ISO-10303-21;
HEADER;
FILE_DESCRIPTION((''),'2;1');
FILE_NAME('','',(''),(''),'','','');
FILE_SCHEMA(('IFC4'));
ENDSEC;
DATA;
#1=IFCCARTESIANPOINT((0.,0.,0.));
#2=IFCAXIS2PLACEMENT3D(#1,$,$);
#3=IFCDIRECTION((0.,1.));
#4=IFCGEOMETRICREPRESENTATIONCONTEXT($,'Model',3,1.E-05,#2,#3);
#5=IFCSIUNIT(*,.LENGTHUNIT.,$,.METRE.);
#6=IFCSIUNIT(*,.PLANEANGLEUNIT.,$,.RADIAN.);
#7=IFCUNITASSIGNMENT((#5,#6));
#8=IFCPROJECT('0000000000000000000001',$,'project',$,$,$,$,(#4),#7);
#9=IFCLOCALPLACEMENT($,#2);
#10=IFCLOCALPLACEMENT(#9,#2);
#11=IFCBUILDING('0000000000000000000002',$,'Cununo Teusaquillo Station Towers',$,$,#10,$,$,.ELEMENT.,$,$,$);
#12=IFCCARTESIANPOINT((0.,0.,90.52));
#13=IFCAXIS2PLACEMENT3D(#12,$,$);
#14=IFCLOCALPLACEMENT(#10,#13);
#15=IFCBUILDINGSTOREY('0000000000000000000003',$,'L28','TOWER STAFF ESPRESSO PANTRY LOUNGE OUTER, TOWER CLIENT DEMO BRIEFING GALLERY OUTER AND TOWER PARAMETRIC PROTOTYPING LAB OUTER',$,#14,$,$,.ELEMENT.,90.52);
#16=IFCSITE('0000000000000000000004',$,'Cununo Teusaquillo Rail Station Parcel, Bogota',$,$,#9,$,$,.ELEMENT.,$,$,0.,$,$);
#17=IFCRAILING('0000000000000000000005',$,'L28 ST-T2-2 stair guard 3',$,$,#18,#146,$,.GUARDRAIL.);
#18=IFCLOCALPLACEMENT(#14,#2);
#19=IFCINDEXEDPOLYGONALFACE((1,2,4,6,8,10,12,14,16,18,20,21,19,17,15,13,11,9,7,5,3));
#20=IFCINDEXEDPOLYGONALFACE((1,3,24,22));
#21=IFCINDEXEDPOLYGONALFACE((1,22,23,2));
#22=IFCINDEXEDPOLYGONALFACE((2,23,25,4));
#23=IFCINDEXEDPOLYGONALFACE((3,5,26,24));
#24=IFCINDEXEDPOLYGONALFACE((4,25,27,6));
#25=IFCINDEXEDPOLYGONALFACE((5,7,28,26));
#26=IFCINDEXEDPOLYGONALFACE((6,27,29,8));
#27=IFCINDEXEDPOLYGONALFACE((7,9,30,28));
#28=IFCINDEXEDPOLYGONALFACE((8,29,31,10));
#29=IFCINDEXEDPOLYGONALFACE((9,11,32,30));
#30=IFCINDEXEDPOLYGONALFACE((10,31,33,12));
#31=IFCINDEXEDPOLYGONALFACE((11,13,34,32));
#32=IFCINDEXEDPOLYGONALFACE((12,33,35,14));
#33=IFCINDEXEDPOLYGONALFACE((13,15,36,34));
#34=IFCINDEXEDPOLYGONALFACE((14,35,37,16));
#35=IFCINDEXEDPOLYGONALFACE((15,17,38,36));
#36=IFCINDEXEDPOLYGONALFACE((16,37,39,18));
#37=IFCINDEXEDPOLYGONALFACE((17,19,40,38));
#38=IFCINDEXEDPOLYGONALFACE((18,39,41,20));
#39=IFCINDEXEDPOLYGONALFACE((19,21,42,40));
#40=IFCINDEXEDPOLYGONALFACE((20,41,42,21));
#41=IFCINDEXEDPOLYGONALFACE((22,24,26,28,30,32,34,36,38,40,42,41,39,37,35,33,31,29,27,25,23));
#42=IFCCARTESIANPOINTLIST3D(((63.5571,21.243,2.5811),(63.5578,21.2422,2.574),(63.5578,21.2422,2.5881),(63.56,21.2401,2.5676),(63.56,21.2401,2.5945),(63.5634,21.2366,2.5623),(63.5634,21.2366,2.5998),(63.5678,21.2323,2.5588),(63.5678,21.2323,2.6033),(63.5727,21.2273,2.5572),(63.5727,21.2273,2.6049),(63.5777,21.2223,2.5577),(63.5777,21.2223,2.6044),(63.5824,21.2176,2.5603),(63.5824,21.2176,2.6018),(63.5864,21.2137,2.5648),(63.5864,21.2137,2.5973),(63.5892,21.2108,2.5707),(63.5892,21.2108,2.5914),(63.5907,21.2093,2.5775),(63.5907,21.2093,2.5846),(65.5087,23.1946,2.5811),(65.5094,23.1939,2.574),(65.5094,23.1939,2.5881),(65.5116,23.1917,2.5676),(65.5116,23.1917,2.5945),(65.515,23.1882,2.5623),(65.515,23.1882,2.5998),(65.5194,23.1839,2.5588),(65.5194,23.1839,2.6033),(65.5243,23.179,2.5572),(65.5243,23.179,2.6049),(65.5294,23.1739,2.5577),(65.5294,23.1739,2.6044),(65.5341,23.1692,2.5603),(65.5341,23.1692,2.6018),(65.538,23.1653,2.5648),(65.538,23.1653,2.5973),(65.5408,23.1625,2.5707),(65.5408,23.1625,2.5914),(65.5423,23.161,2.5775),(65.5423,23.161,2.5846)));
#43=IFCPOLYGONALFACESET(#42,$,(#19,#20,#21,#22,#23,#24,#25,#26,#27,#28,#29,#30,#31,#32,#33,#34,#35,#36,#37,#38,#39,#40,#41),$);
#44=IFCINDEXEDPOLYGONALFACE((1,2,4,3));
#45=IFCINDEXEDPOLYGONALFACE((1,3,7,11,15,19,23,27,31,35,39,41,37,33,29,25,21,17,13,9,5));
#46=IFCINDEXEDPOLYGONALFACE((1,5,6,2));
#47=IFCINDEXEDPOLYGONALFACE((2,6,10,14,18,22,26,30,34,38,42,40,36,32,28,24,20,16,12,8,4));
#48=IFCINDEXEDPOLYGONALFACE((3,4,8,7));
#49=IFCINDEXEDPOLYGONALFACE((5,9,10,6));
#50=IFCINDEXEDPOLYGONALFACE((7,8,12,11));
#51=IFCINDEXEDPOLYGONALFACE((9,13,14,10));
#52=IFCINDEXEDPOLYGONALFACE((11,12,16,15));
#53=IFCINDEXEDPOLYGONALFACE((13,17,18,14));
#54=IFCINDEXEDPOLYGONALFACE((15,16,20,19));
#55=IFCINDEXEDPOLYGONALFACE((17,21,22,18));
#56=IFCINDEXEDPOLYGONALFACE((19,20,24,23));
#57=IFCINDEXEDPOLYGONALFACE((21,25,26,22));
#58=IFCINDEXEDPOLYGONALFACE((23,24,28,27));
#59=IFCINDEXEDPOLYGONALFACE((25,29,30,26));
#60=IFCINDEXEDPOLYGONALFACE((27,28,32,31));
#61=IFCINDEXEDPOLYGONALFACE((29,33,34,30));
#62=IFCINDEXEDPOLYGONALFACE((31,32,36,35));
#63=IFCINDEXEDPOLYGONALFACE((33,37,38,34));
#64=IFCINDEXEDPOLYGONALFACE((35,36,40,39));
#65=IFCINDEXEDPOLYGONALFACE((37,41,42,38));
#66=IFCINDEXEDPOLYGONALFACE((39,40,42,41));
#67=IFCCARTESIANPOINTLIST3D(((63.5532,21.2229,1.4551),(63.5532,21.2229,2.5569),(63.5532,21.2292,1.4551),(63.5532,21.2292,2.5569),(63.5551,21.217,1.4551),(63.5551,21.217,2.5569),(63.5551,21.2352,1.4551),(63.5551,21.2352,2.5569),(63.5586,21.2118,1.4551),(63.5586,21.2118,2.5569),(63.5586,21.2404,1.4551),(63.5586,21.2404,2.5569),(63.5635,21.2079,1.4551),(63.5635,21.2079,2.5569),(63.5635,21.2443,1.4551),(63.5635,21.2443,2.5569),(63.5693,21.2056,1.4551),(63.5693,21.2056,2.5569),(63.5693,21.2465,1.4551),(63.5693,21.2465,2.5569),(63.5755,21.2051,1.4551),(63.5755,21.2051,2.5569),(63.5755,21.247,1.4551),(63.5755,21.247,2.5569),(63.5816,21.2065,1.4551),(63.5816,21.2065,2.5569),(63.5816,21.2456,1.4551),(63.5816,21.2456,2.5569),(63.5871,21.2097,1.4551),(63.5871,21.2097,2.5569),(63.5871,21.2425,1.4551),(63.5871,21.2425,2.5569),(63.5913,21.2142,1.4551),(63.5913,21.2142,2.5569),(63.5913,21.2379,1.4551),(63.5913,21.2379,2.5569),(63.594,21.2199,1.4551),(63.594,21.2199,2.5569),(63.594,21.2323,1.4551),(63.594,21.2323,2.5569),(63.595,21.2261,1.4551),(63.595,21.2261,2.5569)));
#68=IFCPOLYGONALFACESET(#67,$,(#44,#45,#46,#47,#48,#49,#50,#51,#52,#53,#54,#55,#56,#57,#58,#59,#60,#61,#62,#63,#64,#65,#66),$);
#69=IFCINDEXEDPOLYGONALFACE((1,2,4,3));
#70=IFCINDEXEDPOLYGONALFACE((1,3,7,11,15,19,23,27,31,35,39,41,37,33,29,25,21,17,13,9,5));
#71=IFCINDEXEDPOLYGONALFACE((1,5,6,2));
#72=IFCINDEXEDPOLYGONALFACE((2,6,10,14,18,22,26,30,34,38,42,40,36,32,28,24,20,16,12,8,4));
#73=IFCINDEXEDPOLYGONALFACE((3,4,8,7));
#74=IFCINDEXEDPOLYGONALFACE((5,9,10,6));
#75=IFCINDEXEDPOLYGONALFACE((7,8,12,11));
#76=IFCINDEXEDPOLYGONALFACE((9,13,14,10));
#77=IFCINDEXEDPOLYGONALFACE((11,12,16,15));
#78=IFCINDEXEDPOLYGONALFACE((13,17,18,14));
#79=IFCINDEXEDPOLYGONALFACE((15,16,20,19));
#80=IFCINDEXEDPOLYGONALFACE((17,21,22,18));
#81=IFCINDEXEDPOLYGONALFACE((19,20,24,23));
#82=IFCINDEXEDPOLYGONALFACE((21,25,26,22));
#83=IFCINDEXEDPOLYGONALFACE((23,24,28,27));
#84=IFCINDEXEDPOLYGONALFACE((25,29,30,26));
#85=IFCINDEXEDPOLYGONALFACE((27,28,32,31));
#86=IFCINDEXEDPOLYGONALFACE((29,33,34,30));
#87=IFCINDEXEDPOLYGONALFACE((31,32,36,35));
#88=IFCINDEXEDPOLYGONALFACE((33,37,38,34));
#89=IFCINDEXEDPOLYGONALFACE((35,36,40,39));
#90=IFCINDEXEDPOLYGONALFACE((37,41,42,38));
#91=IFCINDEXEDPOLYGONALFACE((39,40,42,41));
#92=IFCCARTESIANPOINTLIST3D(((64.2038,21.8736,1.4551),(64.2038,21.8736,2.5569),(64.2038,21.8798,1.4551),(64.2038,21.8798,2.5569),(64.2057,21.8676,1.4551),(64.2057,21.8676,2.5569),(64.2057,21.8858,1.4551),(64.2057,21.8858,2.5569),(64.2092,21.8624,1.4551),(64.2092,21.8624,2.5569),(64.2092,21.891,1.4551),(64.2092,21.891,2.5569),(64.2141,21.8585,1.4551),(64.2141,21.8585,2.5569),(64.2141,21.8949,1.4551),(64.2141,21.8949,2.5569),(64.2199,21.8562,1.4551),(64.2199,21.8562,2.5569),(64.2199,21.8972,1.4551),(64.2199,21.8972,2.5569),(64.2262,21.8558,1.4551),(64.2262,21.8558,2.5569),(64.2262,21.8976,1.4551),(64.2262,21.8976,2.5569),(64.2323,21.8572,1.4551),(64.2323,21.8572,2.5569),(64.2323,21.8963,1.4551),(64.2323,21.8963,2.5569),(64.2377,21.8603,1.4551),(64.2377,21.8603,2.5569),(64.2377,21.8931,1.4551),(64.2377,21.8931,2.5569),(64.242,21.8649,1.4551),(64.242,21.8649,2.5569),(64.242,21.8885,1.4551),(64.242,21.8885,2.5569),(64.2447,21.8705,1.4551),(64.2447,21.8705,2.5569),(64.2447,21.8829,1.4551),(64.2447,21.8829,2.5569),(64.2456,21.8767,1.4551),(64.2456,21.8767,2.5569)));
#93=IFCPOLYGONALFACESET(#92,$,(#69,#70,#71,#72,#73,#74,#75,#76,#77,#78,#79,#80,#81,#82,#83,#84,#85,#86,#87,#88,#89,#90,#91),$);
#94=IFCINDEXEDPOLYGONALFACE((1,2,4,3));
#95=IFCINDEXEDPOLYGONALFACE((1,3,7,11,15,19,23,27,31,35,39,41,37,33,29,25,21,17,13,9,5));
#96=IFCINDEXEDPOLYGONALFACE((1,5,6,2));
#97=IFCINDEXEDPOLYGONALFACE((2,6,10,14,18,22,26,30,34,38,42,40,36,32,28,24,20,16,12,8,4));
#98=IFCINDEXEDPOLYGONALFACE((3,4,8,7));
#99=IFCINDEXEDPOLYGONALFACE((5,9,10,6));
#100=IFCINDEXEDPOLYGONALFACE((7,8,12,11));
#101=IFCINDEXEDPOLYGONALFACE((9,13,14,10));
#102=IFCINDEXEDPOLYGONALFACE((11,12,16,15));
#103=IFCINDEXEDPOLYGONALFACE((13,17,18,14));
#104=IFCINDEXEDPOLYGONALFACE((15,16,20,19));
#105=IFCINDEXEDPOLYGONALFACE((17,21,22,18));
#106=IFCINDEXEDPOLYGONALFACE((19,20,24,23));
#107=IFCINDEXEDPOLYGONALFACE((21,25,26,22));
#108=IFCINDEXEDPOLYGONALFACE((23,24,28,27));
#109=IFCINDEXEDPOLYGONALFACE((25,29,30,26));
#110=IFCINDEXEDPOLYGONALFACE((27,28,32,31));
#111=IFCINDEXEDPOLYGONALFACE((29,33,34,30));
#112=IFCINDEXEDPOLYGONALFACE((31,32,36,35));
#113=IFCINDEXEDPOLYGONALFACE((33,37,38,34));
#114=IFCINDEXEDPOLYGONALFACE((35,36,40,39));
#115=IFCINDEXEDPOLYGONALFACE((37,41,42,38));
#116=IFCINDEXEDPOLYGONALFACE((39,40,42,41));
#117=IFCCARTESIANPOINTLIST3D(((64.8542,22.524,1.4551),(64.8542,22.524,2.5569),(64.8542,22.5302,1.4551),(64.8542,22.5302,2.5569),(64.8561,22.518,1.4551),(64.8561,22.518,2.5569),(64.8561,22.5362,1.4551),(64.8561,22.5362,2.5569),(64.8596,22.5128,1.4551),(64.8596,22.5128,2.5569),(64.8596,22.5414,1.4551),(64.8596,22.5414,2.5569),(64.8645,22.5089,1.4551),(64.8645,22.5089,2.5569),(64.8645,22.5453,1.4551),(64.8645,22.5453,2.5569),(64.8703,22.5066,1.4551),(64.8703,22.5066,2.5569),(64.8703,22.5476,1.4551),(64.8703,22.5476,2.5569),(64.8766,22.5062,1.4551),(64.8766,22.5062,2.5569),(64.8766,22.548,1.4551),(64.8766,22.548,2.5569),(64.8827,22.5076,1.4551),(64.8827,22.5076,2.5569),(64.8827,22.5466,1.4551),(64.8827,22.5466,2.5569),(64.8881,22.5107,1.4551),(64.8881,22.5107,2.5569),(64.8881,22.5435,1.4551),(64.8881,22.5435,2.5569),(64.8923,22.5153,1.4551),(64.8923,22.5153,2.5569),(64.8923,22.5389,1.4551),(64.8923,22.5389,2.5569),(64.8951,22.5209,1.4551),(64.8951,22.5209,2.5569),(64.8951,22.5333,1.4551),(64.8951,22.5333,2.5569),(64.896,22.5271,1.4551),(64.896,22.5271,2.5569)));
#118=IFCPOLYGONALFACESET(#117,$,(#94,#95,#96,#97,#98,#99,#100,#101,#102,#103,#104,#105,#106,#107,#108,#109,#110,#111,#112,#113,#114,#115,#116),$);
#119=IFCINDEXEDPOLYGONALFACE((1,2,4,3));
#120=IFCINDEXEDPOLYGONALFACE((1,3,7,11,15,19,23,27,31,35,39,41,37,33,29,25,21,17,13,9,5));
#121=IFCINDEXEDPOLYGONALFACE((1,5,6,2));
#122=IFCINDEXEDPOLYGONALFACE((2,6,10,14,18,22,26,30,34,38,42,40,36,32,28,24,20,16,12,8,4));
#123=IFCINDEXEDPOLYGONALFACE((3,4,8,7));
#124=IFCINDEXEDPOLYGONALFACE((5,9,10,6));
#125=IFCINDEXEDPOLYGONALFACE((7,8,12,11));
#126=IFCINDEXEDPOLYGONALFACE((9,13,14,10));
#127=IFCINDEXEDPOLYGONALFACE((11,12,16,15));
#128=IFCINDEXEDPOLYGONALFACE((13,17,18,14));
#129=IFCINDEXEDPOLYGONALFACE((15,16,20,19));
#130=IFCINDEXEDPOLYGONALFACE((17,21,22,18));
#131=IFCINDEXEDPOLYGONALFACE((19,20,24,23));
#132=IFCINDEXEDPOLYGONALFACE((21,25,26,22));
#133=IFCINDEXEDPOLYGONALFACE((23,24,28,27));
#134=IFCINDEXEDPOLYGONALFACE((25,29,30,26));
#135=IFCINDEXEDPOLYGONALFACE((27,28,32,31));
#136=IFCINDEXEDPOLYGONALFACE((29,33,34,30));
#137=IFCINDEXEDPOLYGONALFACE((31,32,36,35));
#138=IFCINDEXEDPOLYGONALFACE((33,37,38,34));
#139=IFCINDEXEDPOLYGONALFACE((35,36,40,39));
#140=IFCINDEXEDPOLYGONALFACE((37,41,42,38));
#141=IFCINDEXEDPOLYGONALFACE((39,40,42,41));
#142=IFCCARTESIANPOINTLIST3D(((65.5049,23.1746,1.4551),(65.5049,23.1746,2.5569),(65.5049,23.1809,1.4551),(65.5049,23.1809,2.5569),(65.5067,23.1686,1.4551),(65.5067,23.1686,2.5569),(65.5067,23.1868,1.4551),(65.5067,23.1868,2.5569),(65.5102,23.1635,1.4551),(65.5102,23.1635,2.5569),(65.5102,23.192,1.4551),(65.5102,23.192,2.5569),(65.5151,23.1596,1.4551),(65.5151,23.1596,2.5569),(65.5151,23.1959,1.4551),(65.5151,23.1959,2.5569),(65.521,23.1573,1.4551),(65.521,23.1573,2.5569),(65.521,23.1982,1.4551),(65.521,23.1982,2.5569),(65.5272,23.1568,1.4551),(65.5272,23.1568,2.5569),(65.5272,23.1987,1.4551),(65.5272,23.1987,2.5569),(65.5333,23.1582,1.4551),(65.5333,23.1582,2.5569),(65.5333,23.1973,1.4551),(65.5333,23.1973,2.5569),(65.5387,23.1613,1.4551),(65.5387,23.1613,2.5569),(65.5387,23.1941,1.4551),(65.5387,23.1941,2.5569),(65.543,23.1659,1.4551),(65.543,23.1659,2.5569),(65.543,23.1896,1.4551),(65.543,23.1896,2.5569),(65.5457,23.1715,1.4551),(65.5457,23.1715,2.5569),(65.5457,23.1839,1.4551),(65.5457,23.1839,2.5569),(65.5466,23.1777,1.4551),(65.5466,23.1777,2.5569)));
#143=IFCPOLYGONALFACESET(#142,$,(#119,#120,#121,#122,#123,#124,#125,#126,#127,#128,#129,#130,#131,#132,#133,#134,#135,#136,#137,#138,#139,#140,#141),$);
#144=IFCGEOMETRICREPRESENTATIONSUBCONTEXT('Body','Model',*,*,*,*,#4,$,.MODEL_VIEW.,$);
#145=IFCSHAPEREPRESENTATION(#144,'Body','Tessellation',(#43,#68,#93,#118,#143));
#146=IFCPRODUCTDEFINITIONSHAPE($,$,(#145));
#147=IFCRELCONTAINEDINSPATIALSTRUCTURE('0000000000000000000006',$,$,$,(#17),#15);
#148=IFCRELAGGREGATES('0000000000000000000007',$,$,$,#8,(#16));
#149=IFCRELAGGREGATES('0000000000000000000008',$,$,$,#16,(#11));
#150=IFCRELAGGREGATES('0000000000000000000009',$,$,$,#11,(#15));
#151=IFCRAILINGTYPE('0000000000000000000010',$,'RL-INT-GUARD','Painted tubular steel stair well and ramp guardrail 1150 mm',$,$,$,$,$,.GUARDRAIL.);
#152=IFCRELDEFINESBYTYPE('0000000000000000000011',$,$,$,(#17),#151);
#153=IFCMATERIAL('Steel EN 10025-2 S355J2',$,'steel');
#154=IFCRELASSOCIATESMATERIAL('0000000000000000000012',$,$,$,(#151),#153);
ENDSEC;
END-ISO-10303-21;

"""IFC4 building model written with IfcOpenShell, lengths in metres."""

from ifc_helpers import new_model, si_unit, direction, frame, origin, origin_2d, place, context, subcontext, project, spatial, circle, extrude, material, type_object, element, save


model = new_model("IFC4")

# Units and contexts
model_context = context("Model", 3, precision=1e-05, world=origin(), true_north=direction((0.0, 1.0)))
body_context = subcontext(model_context, "Body", "Model", "MODEL_VIEW")
ifc_project = project(units=[si_unit("LENGTHUNIT", "METRE"), si_unit("PLANEANGLEUNIT", "RADIAN")], contexts=[model_context])

# Site, building, storey
site_placement = place(None, origin())
site = spatial("IfcSite", under=ifc_project, at=site_placement, Name="Cununo Teusaquillo Rail Station Parcel, Bogota", CompositionType="ELEMENT", RefElevation=0.0)
building_placement = place(site_placement, origin())
building = spatial("IfcBuilding", under=site, at=building_placement, Name="Cununo Teusaquillo Station Towers", CompositionType="ELEMENT")
storey_placement = place(building_placement, frame((0.0, 0.0, 90.52)))
storey = spatial("IfcBuildingStorey", under=building, at=storey_placement, Name="L28", Description="TOWER STAFF ESPRESSO PANTRY LOUNGE OUTER, TOWER CLIENT DEMO BRIEFING GALLERY OUTER AND TOWER PARAMETRIC PROTOTYPING LAB OUTER", CompositionType="ELEMENT", Elevation=90.52)

# Railing
ifc_material_1 = material(Name="Steel EN 10025-2 S355J2", Category="steel")
railing_type = type_object("IfcRailingType", Name="RL-INT-GUARD", Description="Painted tubular steel stair well and ramp guardrail 1150 mm", PredefinedType="GUARDRAIL", material=ifc_material_1)
railing_1_placement = place(storey_placement, frame((63.574, 21.2261, 1.4551)))
element("IfcRailing", 1, at=railing_1_placement, inside=storey, type_object=railing_type, Name="L28 ST-T2-2 stair guard 3", PredefinedType="GUARDRAIL", context=body_context, shape_type="SweptSolid", body=[
    extrude(circle(Radius=0.0239, at=origin_2d()), frame((0.0, 0.0, 1.126), z_axis=(0.707107, 0.707107, 0.0), x_axis=(-0.707107, 0.707107, 0.0)), (0.0, 0.0, 1.0), 2.76),
    extrude(circle(Radius=0.021, at=origin_2d()), origin(), (0.0, 0.0, 1.0), 1.1018),
    extrude(circle(Radius=0.021, at=origin_2d()), frame((0.6506, 0.6506, 0.0)), (0.0, 0.0, 1.0), 1.1018),
    extrude(circle(Radius=0.021, at=origin_2d()), frame((1.301, 1.301, 0.0)), (0.0, 0.0, 1.0), 1.1018),
    extrude(circle(Radius=0.021, at=origin_2d()), frame((1.9517, 1.9517, 0.0)), (0.0, 0.0, 1.0), 1.1018),
])

save(model, "model.ifc")
